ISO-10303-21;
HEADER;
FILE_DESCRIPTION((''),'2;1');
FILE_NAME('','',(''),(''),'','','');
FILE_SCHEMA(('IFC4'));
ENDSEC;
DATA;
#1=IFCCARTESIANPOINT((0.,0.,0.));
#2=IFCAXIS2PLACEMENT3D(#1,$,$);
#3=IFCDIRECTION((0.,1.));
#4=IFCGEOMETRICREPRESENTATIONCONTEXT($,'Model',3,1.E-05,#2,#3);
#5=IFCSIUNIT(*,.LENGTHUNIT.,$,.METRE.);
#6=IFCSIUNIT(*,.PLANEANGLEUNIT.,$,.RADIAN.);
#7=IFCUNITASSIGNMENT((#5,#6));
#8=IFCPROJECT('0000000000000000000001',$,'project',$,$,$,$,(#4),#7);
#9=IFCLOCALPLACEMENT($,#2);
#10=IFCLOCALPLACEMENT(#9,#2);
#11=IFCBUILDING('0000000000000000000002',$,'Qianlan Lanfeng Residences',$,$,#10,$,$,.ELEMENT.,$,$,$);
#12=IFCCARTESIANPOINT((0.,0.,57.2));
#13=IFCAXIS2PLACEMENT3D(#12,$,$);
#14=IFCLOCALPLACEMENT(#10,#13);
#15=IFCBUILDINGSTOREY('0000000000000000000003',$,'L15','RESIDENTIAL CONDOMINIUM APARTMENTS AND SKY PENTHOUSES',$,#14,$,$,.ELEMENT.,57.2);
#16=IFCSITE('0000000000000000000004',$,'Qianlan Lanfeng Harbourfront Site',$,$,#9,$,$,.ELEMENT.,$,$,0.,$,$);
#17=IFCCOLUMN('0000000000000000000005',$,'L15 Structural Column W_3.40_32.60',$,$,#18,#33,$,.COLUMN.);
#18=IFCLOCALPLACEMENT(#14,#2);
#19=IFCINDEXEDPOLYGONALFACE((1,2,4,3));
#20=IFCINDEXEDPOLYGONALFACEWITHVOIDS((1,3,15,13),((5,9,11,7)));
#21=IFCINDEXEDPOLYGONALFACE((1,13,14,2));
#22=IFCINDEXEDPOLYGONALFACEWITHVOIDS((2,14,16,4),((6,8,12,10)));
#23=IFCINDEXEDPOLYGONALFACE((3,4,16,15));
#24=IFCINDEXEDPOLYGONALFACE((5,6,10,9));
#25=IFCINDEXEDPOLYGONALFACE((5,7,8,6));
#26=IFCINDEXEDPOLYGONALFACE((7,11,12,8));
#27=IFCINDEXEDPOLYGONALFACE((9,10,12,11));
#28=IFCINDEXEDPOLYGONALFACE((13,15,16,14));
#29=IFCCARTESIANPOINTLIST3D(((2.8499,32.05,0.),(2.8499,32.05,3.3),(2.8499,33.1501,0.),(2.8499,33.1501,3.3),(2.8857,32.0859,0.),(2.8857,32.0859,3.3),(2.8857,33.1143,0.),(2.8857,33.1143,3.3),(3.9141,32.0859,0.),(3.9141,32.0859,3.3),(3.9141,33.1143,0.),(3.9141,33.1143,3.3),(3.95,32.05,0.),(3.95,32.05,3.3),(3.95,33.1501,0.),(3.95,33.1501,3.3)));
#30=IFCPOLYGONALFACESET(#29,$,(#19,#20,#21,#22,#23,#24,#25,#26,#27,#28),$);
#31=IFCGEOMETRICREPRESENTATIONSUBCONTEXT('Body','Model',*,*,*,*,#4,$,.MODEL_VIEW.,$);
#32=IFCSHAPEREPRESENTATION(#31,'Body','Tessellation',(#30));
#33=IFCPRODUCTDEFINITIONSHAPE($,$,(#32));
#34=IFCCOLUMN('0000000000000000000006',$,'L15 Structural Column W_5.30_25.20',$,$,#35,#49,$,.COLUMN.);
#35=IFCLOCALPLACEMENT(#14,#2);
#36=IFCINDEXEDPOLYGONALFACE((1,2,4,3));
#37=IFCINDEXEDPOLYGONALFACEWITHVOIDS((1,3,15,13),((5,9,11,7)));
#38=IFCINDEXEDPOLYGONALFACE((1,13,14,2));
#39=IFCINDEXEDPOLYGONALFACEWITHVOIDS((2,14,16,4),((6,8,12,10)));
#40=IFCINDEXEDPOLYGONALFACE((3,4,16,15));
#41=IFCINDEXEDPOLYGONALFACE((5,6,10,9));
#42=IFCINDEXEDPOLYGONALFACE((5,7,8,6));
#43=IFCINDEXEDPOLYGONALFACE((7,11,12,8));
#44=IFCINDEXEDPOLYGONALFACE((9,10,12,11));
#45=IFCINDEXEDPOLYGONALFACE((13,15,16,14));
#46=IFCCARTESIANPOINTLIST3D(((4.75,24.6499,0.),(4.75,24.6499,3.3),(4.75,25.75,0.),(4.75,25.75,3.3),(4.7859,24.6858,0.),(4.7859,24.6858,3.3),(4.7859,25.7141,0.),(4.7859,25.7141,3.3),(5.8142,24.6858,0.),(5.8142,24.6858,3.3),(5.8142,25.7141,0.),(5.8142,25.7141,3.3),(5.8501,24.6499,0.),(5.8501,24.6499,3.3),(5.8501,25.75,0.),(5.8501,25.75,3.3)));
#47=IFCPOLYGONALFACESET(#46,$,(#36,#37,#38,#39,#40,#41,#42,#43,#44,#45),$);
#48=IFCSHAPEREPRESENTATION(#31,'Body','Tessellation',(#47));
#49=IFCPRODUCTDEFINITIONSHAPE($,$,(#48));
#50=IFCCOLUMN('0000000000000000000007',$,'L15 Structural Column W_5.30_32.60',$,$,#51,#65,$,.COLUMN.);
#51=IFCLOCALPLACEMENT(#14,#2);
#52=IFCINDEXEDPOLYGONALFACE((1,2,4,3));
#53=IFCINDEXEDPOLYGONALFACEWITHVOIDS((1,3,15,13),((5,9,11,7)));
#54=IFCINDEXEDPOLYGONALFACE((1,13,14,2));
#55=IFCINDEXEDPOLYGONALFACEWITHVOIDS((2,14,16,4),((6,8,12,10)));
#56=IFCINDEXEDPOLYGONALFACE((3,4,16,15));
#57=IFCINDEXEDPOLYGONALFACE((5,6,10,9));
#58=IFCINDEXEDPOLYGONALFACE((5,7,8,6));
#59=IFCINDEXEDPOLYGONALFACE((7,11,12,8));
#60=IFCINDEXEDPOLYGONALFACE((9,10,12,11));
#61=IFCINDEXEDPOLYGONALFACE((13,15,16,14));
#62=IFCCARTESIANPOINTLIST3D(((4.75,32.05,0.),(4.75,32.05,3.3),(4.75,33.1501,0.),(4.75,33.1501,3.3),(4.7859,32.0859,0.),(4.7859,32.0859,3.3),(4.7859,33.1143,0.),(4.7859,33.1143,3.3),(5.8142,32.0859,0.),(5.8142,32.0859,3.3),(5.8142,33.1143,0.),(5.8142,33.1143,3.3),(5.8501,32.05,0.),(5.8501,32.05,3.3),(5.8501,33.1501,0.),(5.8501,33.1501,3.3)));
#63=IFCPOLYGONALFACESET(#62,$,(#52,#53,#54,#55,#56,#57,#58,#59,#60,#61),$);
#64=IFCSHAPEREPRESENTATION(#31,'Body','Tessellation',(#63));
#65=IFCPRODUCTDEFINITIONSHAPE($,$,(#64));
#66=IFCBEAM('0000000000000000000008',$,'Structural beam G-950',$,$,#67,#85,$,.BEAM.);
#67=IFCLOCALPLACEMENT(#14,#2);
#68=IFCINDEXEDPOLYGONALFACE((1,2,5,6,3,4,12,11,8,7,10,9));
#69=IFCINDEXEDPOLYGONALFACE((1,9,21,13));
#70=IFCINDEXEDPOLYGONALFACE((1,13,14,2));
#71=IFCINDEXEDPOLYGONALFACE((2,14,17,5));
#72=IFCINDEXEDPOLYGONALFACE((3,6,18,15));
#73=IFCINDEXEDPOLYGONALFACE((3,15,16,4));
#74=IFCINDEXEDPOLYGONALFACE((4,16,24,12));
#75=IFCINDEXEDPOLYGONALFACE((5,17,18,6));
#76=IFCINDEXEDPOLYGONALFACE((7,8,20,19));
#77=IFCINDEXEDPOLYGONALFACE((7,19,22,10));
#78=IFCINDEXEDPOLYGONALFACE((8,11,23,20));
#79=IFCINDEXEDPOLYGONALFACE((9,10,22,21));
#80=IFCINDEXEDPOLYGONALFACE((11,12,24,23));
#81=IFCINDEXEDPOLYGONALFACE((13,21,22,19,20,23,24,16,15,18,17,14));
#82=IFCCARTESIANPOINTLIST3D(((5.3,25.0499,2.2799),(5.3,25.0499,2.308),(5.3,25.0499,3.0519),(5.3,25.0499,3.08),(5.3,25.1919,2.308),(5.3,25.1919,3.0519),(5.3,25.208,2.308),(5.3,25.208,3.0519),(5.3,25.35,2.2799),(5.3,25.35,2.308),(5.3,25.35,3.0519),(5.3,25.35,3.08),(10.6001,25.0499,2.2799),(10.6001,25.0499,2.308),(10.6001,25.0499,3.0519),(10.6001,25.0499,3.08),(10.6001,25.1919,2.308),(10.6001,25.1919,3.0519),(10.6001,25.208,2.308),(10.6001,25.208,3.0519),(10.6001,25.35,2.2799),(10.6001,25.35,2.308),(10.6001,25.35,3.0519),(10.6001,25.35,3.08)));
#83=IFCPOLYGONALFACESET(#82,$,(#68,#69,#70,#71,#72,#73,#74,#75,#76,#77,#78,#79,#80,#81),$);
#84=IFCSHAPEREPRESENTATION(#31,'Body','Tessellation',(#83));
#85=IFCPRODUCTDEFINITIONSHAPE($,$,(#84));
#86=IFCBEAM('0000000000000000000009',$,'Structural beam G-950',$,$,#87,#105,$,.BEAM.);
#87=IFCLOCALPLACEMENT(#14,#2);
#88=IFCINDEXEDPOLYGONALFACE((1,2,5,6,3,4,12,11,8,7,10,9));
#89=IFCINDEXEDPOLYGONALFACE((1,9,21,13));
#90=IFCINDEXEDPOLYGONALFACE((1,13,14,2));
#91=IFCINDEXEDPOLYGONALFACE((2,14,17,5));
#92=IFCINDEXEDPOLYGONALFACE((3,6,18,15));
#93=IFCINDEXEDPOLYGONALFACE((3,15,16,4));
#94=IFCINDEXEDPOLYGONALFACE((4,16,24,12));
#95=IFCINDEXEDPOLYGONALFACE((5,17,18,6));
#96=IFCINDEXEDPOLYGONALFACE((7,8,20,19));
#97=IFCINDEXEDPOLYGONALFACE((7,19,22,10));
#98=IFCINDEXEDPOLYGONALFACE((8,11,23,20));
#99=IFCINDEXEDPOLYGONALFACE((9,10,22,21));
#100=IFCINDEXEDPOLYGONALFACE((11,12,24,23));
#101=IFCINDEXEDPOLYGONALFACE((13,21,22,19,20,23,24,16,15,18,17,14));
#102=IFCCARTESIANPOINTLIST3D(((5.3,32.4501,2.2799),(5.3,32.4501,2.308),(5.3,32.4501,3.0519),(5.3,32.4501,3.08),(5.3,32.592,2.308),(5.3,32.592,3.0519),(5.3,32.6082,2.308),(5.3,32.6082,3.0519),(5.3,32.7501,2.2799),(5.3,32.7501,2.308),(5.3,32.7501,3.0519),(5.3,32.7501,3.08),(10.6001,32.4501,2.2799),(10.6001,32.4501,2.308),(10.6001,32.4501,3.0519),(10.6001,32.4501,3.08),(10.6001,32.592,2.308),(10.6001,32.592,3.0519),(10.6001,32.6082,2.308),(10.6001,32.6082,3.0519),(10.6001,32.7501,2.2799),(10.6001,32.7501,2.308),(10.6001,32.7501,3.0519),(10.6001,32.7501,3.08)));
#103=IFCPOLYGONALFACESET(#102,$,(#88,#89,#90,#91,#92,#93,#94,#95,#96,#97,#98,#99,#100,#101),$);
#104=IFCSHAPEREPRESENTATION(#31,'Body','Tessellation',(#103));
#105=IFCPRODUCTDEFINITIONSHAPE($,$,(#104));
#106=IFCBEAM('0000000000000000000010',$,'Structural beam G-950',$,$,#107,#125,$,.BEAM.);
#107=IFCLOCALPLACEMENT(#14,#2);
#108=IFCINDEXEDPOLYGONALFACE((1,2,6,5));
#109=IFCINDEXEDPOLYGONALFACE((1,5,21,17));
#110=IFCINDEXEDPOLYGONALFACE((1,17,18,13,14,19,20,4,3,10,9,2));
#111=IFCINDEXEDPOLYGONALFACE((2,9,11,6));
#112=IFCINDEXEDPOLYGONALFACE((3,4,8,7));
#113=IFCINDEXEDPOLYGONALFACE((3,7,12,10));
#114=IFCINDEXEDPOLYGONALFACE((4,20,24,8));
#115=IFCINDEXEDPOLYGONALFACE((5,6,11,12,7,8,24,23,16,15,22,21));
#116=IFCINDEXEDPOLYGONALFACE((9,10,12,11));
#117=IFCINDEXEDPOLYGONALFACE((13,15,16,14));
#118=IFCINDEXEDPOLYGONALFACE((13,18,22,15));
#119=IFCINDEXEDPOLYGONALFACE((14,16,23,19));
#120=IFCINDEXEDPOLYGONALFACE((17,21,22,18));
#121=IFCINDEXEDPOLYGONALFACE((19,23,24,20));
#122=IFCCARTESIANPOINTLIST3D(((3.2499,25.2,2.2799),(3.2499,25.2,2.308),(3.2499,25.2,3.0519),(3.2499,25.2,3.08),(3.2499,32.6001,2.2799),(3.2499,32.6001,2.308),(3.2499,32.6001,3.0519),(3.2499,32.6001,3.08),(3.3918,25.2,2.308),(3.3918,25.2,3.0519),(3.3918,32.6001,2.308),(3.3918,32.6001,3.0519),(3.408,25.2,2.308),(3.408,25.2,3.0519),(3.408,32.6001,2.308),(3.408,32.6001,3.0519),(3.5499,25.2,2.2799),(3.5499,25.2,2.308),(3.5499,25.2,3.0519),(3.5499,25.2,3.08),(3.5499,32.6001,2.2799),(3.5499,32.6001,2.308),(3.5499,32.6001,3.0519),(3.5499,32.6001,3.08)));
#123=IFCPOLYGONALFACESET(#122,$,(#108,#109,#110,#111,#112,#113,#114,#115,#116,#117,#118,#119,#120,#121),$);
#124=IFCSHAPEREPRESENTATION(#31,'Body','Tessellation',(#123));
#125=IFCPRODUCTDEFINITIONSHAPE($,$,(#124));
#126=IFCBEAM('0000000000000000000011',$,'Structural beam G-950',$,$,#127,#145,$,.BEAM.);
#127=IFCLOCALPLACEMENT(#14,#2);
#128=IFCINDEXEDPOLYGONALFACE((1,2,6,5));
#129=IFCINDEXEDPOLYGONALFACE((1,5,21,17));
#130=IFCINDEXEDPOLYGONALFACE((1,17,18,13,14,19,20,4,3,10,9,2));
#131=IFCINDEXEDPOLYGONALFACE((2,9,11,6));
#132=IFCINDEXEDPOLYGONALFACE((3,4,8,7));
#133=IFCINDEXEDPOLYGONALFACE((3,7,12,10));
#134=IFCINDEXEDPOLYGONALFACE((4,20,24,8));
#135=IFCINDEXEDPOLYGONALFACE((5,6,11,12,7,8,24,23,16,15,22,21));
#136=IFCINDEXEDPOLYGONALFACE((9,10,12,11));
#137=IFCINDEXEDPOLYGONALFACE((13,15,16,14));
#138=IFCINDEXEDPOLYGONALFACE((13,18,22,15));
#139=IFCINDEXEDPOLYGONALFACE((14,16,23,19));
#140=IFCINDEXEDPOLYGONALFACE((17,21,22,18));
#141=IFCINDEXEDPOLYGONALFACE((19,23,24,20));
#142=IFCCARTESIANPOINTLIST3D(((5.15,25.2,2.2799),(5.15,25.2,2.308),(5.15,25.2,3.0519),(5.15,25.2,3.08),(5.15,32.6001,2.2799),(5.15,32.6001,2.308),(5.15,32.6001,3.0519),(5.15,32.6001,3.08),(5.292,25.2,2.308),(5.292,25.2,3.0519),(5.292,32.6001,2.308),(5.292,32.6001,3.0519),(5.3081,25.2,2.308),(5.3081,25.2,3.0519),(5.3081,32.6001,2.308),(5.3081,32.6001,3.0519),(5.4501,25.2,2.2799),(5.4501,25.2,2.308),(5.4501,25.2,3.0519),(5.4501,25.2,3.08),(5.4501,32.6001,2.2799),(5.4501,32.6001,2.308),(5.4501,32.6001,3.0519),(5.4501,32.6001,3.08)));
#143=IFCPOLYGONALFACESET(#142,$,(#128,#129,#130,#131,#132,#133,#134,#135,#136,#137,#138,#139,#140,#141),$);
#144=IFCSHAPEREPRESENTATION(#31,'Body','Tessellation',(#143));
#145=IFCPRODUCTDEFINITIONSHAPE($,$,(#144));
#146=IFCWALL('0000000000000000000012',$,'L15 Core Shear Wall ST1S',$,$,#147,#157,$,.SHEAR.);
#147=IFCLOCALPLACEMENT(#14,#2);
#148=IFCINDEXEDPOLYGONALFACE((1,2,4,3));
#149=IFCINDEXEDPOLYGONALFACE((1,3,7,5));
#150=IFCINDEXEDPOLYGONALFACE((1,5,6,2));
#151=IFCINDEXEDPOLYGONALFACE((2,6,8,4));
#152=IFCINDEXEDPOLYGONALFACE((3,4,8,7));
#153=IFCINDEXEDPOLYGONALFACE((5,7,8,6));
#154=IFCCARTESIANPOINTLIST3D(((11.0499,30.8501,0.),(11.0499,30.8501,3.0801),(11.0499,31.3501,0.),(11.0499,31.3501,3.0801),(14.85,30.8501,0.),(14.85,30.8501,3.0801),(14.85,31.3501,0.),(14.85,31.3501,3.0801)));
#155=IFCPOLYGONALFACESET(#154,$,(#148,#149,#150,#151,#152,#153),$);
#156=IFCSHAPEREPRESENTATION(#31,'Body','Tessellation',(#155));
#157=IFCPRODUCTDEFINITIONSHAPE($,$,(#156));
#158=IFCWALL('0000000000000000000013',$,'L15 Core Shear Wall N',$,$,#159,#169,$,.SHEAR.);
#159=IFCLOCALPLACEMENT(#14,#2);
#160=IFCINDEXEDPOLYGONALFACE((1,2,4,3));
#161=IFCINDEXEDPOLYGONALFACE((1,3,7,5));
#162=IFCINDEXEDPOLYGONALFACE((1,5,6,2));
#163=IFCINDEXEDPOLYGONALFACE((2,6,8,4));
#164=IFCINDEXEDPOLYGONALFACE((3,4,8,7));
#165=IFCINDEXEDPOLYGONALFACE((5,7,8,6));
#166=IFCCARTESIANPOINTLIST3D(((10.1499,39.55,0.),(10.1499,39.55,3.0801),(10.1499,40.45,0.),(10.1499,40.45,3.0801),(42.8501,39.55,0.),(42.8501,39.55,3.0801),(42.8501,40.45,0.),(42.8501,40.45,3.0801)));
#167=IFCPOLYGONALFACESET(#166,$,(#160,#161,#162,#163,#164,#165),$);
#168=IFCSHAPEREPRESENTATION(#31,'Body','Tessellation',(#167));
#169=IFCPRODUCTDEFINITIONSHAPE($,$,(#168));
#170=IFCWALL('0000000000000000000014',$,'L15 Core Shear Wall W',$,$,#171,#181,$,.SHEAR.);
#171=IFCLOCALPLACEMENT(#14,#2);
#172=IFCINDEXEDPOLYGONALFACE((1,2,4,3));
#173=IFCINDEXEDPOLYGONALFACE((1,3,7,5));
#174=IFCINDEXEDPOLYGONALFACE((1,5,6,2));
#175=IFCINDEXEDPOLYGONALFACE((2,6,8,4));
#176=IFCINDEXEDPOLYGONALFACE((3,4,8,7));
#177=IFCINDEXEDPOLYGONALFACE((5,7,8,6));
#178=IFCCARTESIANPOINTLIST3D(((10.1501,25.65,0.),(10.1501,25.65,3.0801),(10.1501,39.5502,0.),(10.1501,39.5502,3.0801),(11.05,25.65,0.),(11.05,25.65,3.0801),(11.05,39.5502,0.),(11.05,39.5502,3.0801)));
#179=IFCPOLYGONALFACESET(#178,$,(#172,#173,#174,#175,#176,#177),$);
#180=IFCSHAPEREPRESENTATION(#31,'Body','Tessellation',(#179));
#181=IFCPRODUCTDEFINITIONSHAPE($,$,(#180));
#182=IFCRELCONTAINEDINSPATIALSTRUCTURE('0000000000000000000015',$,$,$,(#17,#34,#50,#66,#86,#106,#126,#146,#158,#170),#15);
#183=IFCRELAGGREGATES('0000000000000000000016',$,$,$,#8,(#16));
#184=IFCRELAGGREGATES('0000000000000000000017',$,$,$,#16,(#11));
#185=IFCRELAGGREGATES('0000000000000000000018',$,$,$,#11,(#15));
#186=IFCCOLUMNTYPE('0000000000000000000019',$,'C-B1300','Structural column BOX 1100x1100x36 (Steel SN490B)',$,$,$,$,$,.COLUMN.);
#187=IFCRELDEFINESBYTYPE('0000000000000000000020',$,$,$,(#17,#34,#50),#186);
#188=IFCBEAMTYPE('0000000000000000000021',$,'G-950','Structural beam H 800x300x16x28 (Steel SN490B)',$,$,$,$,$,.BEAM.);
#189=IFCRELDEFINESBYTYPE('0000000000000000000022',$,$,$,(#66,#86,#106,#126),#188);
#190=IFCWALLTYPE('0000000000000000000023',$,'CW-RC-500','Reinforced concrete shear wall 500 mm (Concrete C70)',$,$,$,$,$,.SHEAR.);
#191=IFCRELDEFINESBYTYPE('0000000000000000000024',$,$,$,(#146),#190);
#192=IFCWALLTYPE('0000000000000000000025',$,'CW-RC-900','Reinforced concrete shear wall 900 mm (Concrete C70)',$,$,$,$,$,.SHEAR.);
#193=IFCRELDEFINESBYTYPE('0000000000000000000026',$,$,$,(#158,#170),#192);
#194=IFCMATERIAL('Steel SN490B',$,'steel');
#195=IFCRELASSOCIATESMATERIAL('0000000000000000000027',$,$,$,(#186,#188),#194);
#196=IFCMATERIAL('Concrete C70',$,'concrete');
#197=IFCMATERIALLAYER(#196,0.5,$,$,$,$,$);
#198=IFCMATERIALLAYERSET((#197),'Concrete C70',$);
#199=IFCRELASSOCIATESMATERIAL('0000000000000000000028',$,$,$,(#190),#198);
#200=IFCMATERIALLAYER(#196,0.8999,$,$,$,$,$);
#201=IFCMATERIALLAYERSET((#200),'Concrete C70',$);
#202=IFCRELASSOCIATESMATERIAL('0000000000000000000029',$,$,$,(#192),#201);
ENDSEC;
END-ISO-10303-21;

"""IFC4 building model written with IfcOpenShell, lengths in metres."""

from ifc_helpers import new_model, si_unit, direction, frame, frame_2d, origin, origin_2d, place, context, subcontext, project, spatial, rectangle, hollow_rectangle, i_section, extrude, material, layer, layer_set, material_profile, profile_set, type_object, element, save


model = new_model("IFC4")

# Units and contexts
model_context = context("Model", 3, precision=1e-05, world=origin(), true_north=direction((0.0, 1.0)))
body_context = subcontext(model_context, "Body", "Model", "MODEL_VIEW")
ifc_project = project(units=[si_unit("LENGTHUNIT", "METRE"), si_unit("PLANEANGLEUNIT", "RADIAN")], contexts=[model_context])

# Site, building, storey
site_placement = place(None, origin())
site = spatial("IfcSite", under=ifc_project, at=site_placement, Name="Qianlan Lanfeng Harbourfront Site", CompositionType="ELEMENT", RefElevation=0.0)
building_placement = place(site_placement, origin())
building = spatial("IfcBuilding", under=site, at=building_placement, Name="Qianlan Lanfeng Residences", CompositionType="ELEMENT")
storey_placement = place(building_placement, frame((0.0, 0.0, 57.2)))
storey = spatial("IfcBuildingStorey", under=building, at=storey_placement, Name="L15", Description="RESIDENTIAL CONDOMINIUM APARTMENTS AND SKY PENTHOUSES", CompositionType="ELEMENT", Elevation=57.2)

# Columns
ifc_material_1 = material(Name="Steel SN490B", Category="steel")
ifc_material_profile_1 = material_profile(ifc_material_1, hollow_rectangle(XDim=1.1001, YDim=1.1001, WallThickness=0.0359, at=origin_2d()), Name="BOX 1100x1100x36")
ifc_profile_set_1 = profile_set([ifc_material_profile_1], Name="Steel SN490B")
column_type = type_object("IfcColumnType", Name="C-B1300", Description="Structural column BOX 1100x1100x36 (Steel SN490B)", PredefinedType="COLUMN", material=ifc_profile_set_1)
for number, where, z_axis, x_axis, name in (
    (1, (3.3999, 32.6001, 0.0), (0.0, 0.0, 1.0), (1.0, 0.0, 0.0), "L15 Structural Column W_3.40_32.60"),
    (2, (5.3, 25.2, 0.0), (0.0, 0.0, 1.0), (1.0, 0.0, 0.0), "L15 Structural Column W_5.30_25.20"),
    (3, (5.3, 32.6001, 0.0), (0.0, 0.0, 1.0), (1.0, 0.0, 0.0), "L15 Structural Column W_5.30_32.60"),
):
    element("IfcColumn", number, at=place(storey_placement, frame(where, z_axis=z_axis, x_axis=x_axis)), inside=storey, type_object=column_type, Name=name, PredefinedType="COLUMN", context=body_context, shape_type="SweptSolid", body=[
        extrude(hollow_rectangle(XDim=1.1001, YDim=1.1001, WallThickness=0.0359, at=origin_2d()), origin(), (0.0, 0.0, 1.0), 3.3),
    ])

# Beams
ifc_material_profile_2 = material_profile(ifc_material_1, i_section(OverallWidth=0.3, OverallDepth=0.8, WebThickness=0.0161, FlangeThickness=0.0281, at=origin_2d()), Name="H 800x300x16x28")
ifc_profile_set_2 = profile_set([ifc_material_profile_2], Name="Steel SN490B")
beam_type = type_object("IfcBeamType", Name="G-950", Description="Structural beam H 800x300x16x28 (Steel SN490B)", PredefinedType="BEAM", material=ifc_profile_set_2)
for number, where, z_axis, x_axis, name in (
    (4, (5.3, 25.2, 2.6799), (1.0, 0.0, 0.0), (0.0, 1.0, 0.0), "Structural beam G-950"),
    (5, (5.3, 32.6001, 2.6799), (1.0, 0.0, 0.0), (0.0, 1.0, 0.0), "Structural beam G-950"),
):
    element("IfcBeam", number, at=place(storey_placement, frame(where, z_axis=z_axis, x_axis=x_axis)), inside=storey, type_object=beam_type, Name=name, PredefinedType="BEAM", context=body_context, shape_type="SweptSolid", body=[
        extrude(i_section(OverallWidth=0.3, OverallDepth=0.8, WebThickness=0.0161, FlangeThickness=0.0281, at=origin_2d()), origin(), (0.0, 0.0, 1.0), 5.3),
    ])
for number, where, z_axis, x_axis, name in (
    (6, (3.3999, 25.2, 2.6799), (0.0, 1.0, 0.0), (-1.0, 0.0, 0.0), "Structural beam G-950"),
    (7, (5.3, 25.2, 2.6799), (0.0, 1.0, 0.0), (-1.0, 0.0, 0.0), "Structural beam G-950"),
):
    element("IfcBeam", number, at=place(storey_placement, frame(where, z_axis=z_axis, x_axis=x_axis)), inside=storey, type_object=beam_type, Name=name, PredefinedType="BEAM", context=body_context, shape_type="SweptSolid", body=[
        extrude(i_section(OverallWidth=0.3, OverallDepth=0.8, WebThickness=0.0161, FlangeThickness=0.0281, at=origin_2d()), origin(), (0.0, 0.0, 1.0), 7.4001),
    ])

# Walls
ifc_material_2 = material(Name="Concrete C70", Category="concrete")
ifc_layer_1 = layer(ifc_material_2, 0.5)
ifc_layer_set_1 = layer_set([ifc_layer_1], Name="Concrete C70")
wall_type_1 = type_object("IfcWallType", Name="CW-RC-500", Description="Reinforced concrete shear wall 500 mm (Concrete C70)", PredefinedType="SHEAR", material=ifc_layer_set_1)
wall_1_placement = place(storey_placement, frame((11.05, 31.1001, 0.0), z_axis=(0.0, 0.0, 1.0), x_axis=(1.0, 0.0, 0.0)))
element("IfcWall", 8, at=wall_1_placement, inside=storey, type_object=wall_type_1, Name="L15 Core Shear Wall ST1S", PredefinedType="SHEAR", context=body_context, shape_type="SweptSolid", body=[
    extrude(rectangle(XDim=3.8, YDim=0.5, at=frame_2d((1.8999, 0.0))), origin(), (0.0, 0.0, 1.0), 3.0801),
])
ifc_layer_2 = layer(ifc_material_2, 0.8999)
ifc_layer_set_2 = layer_set([ifc_layer_2], Name="Concrete C70")
wall_type_2 = type_object("IfcWallType", Name="CW-RC-900", Description="Reinforced concrete shear wall 900 mm (Concrete C70)", PredefinedType="SHEAR", material=ifc_layer_set_2)
wall_2_placement = place(storey_placement, frame((10.1499, 40.0, 0.0), z_axis=(0.0, 0.0, 1.0), x_axis=(1.0, 0.0, 0.0)))
element("IfcWall", 9, at=wall_2_placement, inside=storey, type_object=wall_type_2, Name="L15 Core Shear Wall N", PredefinedType="SHEAR", context=body_context, shape_type="SweptSolid", body=[
    extrude(rectangle(XDim=32.7002, YDim=0.8999, at=frame_2d((16.3501, 0.0))), origin(), (0.0, 0.0, 1.0), 3.0801),
])
wall_3_placement = place(storey_placement, frame((10.6001, 25.6499, 0.0), z_axis=(0.0, 0.0, 1.0), x_axis=(0.0, 1.0, 0.0)))
element("IfcWall", 10, at=wall_3_placement, inside=storey, type_object=wall_type_2, Name="L15 Core Shear Wall W", PredefinedType="SHEAR", context=body_context, shape_type="SweptSolid", body=[
    extrude(rectangle(XDim=13.9001, YDim=0.8999, at=frame_2d((6.9502, 0.0))), origin(), (0.0, 0.0, 1.0), 3.0801),
])

save(model, "model.ifc")
